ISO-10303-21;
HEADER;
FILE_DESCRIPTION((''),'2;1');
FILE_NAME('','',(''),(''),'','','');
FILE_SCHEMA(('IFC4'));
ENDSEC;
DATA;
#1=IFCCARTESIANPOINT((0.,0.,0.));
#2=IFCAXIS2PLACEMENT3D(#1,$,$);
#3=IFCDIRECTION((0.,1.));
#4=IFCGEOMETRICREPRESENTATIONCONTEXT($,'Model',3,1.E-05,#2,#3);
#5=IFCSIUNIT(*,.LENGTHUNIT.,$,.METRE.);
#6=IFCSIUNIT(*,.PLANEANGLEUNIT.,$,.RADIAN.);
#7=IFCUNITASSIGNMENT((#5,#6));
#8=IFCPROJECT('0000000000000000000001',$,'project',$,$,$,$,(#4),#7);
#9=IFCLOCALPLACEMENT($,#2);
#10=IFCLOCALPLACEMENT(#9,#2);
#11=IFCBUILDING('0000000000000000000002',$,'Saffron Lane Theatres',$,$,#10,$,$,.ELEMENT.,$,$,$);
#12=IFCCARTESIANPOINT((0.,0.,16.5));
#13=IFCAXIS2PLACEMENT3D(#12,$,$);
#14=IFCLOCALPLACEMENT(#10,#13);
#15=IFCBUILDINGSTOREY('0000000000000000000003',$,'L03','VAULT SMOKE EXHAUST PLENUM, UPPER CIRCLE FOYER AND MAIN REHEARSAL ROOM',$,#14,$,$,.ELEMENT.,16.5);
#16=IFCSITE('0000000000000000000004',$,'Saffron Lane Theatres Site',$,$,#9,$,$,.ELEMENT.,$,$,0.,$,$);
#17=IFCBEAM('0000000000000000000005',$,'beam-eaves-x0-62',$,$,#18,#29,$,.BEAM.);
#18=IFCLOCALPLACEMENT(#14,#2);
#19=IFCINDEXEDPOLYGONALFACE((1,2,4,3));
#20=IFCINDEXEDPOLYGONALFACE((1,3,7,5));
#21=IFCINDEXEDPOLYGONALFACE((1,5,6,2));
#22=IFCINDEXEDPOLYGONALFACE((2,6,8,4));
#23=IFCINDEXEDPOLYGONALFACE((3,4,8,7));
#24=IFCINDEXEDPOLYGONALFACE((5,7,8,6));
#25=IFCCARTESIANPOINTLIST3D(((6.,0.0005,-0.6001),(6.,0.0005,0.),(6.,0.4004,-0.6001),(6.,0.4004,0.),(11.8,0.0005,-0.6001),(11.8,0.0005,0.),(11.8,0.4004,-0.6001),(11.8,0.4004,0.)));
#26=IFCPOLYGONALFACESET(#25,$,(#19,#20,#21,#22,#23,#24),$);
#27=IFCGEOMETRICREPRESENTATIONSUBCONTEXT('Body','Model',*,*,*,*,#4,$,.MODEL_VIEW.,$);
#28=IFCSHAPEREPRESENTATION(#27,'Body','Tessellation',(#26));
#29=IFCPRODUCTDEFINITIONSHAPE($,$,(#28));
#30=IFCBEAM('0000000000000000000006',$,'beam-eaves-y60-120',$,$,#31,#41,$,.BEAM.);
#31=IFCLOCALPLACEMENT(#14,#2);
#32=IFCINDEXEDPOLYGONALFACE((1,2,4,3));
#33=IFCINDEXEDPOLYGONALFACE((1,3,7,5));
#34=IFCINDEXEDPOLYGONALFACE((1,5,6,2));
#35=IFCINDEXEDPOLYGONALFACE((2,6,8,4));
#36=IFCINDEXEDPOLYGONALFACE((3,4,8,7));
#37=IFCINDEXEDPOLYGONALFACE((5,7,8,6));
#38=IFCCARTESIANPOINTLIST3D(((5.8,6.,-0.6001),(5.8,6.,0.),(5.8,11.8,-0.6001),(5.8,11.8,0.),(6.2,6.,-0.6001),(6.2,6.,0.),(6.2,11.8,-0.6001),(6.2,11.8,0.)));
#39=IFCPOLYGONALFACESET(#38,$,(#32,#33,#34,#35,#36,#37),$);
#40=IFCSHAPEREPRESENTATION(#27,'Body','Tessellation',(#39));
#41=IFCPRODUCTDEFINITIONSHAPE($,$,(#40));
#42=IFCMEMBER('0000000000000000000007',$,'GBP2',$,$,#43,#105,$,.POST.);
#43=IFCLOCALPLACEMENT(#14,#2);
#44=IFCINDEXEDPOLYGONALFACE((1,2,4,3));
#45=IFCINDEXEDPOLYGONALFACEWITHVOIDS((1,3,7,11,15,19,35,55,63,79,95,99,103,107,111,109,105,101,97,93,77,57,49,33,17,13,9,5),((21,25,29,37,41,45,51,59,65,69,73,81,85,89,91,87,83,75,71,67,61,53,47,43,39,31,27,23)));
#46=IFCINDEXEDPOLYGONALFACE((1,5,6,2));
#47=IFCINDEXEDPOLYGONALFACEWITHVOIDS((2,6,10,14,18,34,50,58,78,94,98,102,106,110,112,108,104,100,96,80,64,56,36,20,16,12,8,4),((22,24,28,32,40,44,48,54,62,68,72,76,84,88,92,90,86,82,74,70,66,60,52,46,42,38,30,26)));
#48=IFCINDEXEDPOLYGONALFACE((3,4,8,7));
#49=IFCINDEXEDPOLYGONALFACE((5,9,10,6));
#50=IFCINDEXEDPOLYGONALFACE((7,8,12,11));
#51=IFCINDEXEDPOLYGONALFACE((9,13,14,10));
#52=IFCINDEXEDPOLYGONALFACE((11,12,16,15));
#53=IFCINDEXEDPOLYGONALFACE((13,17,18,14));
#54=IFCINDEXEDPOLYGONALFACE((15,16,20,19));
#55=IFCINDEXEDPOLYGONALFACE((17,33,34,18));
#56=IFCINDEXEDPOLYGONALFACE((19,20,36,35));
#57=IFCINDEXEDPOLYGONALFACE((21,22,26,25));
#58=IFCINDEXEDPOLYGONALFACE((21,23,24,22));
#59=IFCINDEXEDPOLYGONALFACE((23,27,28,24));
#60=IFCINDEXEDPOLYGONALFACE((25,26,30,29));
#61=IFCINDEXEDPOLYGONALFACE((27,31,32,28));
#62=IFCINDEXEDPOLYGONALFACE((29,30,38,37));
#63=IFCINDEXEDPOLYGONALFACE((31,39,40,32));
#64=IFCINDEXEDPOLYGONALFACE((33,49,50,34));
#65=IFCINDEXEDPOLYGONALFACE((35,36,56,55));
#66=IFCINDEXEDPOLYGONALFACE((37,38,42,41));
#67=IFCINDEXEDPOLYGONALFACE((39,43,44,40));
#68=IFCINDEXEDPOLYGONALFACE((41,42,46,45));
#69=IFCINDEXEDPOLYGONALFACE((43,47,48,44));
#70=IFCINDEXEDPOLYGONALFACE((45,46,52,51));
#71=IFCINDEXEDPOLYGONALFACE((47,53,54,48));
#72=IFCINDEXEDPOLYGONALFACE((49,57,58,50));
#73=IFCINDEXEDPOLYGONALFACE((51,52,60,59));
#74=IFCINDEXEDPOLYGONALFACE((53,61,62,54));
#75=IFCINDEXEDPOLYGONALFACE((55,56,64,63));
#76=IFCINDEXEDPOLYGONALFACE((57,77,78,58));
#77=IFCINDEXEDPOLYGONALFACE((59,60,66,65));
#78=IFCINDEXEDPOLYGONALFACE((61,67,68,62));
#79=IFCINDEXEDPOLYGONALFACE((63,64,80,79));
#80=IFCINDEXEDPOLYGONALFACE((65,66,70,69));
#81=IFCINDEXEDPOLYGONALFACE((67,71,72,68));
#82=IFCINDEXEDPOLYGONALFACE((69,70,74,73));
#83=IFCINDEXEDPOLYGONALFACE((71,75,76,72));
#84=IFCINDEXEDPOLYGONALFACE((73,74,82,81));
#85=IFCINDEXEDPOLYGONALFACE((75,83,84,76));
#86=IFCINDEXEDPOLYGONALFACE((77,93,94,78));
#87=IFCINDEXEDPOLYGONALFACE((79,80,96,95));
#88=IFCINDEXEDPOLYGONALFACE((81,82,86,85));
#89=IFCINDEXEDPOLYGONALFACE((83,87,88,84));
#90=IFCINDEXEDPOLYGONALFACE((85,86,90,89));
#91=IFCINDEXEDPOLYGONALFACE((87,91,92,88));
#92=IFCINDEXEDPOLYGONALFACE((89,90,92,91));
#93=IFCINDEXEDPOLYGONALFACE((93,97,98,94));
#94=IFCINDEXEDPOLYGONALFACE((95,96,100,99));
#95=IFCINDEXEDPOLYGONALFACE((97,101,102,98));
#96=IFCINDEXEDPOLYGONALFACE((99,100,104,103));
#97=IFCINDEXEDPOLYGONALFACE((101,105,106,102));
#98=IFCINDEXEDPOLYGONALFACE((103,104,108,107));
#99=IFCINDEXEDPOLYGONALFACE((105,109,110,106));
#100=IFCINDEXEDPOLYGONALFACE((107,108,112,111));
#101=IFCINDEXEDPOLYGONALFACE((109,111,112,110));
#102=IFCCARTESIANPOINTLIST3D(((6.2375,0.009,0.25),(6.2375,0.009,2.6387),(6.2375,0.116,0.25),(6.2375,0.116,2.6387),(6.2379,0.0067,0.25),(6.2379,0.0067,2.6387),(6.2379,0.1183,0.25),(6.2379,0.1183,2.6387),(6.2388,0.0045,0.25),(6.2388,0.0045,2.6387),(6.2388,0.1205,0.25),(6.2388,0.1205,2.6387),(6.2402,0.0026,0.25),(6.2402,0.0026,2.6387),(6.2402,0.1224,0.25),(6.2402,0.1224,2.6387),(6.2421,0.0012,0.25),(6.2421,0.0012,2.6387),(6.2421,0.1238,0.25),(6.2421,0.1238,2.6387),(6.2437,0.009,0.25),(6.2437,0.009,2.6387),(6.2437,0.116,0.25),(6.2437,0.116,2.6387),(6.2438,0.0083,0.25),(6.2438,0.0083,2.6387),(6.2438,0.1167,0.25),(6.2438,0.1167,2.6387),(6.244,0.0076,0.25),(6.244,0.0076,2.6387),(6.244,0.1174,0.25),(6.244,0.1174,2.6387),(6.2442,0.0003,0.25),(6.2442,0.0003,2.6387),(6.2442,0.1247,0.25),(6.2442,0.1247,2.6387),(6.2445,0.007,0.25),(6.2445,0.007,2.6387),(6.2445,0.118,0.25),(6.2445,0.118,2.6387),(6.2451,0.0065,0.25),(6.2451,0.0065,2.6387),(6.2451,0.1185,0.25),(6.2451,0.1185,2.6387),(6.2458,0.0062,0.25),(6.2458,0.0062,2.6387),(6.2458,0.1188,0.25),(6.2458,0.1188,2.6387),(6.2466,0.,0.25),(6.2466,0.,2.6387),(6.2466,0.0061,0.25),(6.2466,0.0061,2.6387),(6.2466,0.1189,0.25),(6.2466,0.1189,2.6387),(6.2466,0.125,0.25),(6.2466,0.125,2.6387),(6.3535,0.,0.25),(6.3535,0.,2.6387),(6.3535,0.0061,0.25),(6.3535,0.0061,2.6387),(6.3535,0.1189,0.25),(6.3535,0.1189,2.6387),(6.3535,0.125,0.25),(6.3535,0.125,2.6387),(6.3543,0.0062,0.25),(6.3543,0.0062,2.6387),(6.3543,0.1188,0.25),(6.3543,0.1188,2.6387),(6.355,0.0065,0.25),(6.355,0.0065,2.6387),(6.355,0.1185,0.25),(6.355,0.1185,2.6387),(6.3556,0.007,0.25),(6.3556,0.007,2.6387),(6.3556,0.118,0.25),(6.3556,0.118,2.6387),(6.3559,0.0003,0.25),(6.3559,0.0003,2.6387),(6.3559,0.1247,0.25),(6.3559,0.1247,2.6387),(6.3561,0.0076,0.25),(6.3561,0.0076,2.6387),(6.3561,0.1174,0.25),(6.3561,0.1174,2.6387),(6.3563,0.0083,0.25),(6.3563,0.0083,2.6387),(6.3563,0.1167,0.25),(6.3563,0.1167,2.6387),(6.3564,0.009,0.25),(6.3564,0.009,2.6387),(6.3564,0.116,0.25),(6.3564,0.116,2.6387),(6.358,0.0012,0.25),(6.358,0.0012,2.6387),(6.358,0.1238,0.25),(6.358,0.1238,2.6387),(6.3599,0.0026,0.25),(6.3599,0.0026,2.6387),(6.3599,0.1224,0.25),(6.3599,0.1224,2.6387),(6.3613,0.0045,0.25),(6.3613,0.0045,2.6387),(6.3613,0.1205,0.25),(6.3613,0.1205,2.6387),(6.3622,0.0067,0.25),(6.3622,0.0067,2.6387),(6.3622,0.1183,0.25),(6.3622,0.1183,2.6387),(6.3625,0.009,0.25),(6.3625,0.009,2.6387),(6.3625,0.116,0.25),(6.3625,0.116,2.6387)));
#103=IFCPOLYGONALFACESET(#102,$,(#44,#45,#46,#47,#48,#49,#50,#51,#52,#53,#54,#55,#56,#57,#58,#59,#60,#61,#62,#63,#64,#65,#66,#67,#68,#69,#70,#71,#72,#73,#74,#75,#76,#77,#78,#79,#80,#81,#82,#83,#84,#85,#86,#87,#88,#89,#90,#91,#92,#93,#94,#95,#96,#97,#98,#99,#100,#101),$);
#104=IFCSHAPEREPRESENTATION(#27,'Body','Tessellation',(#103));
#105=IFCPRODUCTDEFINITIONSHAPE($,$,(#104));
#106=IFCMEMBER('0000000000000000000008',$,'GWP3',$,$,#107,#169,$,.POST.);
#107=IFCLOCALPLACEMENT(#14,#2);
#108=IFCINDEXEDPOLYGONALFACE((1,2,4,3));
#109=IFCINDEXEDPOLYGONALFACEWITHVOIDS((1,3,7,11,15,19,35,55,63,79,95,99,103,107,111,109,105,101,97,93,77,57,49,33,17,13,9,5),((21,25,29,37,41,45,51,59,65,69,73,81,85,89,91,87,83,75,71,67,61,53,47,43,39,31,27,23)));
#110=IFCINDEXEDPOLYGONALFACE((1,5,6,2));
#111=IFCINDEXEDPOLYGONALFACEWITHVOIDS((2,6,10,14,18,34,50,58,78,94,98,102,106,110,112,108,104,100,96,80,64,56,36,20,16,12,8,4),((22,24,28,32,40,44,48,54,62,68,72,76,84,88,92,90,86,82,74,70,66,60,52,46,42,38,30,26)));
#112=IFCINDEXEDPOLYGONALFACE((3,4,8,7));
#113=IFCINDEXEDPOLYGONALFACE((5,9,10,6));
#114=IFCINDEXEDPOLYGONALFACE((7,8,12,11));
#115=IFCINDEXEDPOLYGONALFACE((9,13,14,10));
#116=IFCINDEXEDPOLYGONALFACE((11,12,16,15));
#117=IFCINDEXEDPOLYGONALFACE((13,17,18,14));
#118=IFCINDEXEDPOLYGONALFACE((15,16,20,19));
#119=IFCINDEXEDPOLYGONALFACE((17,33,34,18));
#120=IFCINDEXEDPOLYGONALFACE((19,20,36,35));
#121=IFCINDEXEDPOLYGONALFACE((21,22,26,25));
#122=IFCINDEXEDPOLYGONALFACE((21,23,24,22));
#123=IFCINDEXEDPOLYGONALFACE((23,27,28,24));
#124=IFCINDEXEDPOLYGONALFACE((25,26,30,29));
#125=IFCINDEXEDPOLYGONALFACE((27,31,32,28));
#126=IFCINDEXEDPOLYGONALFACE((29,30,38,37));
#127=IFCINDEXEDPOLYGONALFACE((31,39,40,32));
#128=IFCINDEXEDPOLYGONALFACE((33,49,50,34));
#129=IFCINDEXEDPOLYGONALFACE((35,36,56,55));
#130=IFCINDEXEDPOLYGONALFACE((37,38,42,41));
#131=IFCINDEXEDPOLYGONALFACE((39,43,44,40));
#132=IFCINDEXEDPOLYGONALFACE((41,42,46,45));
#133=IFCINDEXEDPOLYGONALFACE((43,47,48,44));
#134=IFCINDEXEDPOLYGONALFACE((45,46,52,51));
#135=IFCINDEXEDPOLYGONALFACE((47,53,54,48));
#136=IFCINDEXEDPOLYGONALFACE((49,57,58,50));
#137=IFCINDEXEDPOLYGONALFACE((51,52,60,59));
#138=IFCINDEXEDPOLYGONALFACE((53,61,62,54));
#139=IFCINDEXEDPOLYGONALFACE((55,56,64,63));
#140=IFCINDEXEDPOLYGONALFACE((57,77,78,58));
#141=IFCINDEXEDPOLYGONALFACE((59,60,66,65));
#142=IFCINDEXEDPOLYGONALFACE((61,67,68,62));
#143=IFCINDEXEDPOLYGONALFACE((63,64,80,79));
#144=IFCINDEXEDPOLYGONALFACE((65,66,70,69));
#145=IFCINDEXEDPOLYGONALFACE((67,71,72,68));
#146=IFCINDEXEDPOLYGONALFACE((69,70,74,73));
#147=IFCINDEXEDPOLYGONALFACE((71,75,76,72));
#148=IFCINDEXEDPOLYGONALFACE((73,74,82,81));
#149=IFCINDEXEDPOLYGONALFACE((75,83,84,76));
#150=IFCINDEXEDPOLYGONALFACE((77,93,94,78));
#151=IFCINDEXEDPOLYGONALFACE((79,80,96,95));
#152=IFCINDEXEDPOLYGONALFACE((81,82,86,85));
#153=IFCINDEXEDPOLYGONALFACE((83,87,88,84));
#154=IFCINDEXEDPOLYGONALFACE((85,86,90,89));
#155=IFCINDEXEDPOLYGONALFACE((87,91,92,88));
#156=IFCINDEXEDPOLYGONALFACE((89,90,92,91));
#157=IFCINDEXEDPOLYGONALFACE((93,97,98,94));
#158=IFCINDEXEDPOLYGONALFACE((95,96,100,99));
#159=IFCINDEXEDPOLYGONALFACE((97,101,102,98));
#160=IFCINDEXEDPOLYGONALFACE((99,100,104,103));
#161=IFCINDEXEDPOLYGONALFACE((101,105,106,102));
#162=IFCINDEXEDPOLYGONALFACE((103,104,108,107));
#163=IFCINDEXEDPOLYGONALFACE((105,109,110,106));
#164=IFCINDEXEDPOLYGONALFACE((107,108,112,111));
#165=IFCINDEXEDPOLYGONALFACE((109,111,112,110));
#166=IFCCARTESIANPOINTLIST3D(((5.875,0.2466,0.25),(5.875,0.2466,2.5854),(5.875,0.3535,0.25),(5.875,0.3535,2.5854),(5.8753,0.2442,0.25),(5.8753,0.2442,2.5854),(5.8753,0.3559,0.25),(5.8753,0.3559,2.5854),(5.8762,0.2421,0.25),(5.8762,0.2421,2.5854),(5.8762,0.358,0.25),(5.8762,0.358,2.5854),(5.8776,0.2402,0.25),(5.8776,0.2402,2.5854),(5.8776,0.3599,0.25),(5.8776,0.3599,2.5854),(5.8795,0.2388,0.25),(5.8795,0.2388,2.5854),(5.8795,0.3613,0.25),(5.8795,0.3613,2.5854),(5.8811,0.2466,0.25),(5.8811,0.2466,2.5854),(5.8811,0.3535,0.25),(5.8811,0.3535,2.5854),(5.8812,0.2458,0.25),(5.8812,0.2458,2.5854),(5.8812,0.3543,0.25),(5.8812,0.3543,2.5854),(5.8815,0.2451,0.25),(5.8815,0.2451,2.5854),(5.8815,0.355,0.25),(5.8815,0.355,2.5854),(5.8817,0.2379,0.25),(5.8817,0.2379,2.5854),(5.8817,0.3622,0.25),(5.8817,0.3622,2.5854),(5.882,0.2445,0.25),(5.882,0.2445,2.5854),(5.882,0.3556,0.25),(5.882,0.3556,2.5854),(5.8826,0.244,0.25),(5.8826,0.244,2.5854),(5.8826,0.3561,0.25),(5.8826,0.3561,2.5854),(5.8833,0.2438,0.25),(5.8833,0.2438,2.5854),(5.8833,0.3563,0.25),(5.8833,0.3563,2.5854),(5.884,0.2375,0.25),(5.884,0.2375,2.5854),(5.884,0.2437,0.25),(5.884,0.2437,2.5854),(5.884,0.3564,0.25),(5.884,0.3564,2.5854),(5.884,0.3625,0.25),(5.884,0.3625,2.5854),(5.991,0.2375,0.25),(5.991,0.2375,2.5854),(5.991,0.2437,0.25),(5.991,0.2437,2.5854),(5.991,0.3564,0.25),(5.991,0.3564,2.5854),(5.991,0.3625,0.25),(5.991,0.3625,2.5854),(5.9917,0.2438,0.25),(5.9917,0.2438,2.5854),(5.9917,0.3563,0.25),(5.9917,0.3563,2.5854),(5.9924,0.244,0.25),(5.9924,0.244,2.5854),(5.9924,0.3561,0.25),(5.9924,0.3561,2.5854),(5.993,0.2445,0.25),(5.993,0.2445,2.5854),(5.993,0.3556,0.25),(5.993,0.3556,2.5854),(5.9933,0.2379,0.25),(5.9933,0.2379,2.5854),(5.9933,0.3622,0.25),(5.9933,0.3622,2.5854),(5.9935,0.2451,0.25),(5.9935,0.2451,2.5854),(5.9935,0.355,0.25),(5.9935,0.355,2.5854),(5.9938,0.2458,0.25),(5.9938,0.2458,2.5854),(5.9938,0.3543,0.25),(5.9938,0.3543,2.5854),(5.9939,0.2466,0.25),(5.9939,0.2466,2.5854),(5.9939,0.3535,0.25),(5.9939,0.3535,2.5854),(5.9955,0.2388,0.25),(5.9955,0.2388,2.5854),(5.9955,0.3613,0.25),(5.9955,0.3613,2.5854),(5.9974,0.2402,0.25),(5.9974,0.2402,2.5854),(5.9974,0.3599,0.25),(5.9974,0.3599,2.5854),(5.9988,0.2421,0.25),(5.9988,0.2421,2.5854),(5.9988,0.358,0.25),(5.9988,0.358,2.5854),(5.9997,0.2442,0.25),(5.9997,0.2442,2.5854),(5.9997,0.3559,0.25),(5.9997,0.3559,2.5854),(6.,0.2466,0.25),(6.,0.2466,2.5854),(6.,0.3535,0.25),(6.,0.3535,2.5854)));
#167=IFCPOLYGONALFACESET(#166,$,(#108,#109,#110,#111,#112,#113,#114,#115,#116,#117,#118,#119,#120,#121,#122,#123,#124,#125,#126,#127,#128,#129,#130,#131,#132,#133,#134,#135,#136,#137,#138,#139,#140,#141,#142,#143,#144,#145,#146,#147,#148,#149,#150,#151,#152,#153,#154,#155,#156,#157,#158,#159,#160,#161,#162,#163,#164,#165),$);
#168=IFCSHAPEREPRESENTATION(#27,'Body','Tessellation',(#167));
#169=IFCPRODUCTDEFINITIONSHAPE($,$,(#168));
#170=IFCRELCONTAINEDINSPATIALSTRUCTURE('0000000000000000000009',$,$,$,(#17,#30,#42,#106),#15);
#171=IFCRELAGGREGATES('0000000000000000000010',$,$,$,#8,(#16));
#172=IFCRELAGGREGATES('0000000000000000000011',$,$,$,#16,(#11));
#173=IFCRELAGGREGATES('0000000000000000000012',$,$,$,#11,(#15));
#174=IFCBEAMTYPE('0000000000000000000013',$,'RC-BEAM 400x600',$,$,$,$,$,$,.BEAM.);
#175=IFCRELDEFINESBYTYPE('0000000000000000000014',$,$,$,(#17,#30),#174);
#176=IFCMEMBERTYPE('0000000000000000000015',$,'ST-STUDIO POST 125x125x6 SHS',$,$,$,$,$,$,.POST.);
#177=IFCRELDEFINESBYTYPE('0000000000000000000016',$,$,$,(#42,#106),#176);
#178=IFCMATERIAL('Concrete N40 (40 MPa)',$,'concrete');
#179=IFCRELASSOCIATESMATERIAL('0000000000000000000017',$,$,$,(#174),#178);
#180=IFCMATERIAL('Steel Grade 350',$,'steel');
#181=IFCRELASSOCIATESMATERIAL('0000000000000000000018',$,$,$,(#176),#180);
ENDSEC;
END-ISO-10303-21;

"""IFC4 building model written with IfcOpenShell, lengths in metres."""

from ifc_helpers import new_model, si_unit, direction, frame, origin, origin_2d, place, context, subcontext, project, spatial, rectangle, hollow_rectangle, extrude, material, material_profile, profile_set, type_object, element, save


model = new_model("IFC4")

# Units and contexts
model_context = context("Model", 3, precision=1e-05, world=origin(), true_north=direction((0.0, 1.0)))
body_context = subcontext(model_context, "Body", "Model", "MODEL_VIEW")
ifc_project = project(units=[si_unit("LENGTHUNIT", "METRE"), si_unit("PLANEANGLEUNIT", "RADIAN")], contexts=[model_context])

# Site, building, storey
site_placement = place(None, origin())
site = spatial("IfcSite", under=ifc_project, at=site_placement, Name="Saffron Lane Theatres Site", CompositionType="ELEMENT", RefElevation=0.0)
building_placement = place(site_placement, origin())
building = spatial("IfcBuilding", under=site, at=building_placement, Name="Saffron Lane Theatres", CompositionType="ELEMENT")
storey_placement = place(building_placement, frame((0.0, 0.0, 16.5)))
storey = spatial("IfcBuildingStorey", under=building, at=storey_placement, Name="L03", Description="VAULT SMOKE EXHAUST PLENUM, UPPER CIRCLE FOYER AND MAIN REHEARSAL ROOM", CompositionType="ELEMENT", Elevation=16.5)

# Beams
ifc_material_1 = material(Name="Concrete N40 (40 MPa)", Category="concrete")
ifc_material_profile_1 = material_profile(ifc_material_1, rectangle(XDim=0.3999, YDim=0.6001, at=origin_2d()))
ifc_profile_set_1 = profile_set([ifc_material_profile_1], Name="Concrete N40 (40 MPa)")
beam_type = type_object("IfcBeamType", Name="RC-BEAM 400x600", PredefinedType="BEAM", material=ifc_profile_set_1)
for number, where, z_axis, x_axis, name in (
    (1, (6.0, 0.2004, -0.3), (1.0, 0.0, 0.0), (0.0, 1.0, 0.0), "beam-eaves-x0-62"),
    (2, (6.0, 6.0, -0.3), (0.0, 1.0, 0.0), (-1.0, 0.0, 0.0), "beam-eaves-y60-120"),
):
    element("IfcBeam", number, at=place(storey_placement, frame(where, z_axis=z_axis, x_axis=x_axis)), inside=storey, type_object=beam_type, Name=name, PredefinedType="BEAM", context=body_context, shape_type="SweptSolid", body=[
        extrude(rectangle(XDim=0.3999, YDim=0.6001, at=origin_2d()), origin(), (0.0, 0.0, 1.0), 5.8),
    ])

# Members
ifc_material_2 = material(Name="Steel Grade 350", Category="steel")
ifc_material_profile_2 = material_profile(ifc_material_2, hollow_rectangle(XDim=0.125, YDim=0.125, WallThickness=0.0061, InnerFilletRadius=0.0029, OuterFilletRadius=0.009, at=origin_2d()))
ifc_profile_set_2 = profile_set([ifc_material_profile_2], Name="Steel Grade 350")
member_type_1 = type_object("IfcMemberType", Name="ST-STUDIO POST 125x125x6 SHS", PredefinedType="POST", material=ifc_profile_set_2)
member_1_placement = place(storey_placement, frame((6.3, 0.0625, 0.25), z_axis=(0.0, 0.0, 1.0), x_axis=(1.0, 0.0, 0.0)))
element("IfcMember", 3, at=member_1_placement, inside=storey, type_object=member_type_1, Name="GBP2", PredefinedType="POST", context=body_context, shape_type="SweptSolid", body=[
    extrude(hollow_rectangle(XDim=0.125, YDim=0.125, WallThickness=0.0061, InnerFilletRadius=0.0029, OuterFilletRadius=0.009, at=origin_2d()), origin(), (0.0, 0.0, 1.0), 2.3887),
])
for number, where, z_axis, x_axis, name in (
    (4, (5.9375, 0.3, 0.25), (0.0, 0.0, 1.0), (1.0, 0.0, 0.0), "GWP3"),
):
    element("IfcMember", number, at=place(storey_placement, frame(where, z_axis=z_axis, x_axis=x_axis)), inside=storey, type_object=member_type_1, Name=name, PredefinedType="POST", context=body_context, shape_type="SweptSolid", body=[
        extrude(hollow_rectangle(XDim=0.125, YDim=0.125, WallThickness=0.0061, InnerFilletRadius=0.0029, OuterFilletRadius=0.009, at=origin_2d()), origin(), (0.0, 0.0, 1.0), 2.3354),
    ])

save(model, "model.ifc")
